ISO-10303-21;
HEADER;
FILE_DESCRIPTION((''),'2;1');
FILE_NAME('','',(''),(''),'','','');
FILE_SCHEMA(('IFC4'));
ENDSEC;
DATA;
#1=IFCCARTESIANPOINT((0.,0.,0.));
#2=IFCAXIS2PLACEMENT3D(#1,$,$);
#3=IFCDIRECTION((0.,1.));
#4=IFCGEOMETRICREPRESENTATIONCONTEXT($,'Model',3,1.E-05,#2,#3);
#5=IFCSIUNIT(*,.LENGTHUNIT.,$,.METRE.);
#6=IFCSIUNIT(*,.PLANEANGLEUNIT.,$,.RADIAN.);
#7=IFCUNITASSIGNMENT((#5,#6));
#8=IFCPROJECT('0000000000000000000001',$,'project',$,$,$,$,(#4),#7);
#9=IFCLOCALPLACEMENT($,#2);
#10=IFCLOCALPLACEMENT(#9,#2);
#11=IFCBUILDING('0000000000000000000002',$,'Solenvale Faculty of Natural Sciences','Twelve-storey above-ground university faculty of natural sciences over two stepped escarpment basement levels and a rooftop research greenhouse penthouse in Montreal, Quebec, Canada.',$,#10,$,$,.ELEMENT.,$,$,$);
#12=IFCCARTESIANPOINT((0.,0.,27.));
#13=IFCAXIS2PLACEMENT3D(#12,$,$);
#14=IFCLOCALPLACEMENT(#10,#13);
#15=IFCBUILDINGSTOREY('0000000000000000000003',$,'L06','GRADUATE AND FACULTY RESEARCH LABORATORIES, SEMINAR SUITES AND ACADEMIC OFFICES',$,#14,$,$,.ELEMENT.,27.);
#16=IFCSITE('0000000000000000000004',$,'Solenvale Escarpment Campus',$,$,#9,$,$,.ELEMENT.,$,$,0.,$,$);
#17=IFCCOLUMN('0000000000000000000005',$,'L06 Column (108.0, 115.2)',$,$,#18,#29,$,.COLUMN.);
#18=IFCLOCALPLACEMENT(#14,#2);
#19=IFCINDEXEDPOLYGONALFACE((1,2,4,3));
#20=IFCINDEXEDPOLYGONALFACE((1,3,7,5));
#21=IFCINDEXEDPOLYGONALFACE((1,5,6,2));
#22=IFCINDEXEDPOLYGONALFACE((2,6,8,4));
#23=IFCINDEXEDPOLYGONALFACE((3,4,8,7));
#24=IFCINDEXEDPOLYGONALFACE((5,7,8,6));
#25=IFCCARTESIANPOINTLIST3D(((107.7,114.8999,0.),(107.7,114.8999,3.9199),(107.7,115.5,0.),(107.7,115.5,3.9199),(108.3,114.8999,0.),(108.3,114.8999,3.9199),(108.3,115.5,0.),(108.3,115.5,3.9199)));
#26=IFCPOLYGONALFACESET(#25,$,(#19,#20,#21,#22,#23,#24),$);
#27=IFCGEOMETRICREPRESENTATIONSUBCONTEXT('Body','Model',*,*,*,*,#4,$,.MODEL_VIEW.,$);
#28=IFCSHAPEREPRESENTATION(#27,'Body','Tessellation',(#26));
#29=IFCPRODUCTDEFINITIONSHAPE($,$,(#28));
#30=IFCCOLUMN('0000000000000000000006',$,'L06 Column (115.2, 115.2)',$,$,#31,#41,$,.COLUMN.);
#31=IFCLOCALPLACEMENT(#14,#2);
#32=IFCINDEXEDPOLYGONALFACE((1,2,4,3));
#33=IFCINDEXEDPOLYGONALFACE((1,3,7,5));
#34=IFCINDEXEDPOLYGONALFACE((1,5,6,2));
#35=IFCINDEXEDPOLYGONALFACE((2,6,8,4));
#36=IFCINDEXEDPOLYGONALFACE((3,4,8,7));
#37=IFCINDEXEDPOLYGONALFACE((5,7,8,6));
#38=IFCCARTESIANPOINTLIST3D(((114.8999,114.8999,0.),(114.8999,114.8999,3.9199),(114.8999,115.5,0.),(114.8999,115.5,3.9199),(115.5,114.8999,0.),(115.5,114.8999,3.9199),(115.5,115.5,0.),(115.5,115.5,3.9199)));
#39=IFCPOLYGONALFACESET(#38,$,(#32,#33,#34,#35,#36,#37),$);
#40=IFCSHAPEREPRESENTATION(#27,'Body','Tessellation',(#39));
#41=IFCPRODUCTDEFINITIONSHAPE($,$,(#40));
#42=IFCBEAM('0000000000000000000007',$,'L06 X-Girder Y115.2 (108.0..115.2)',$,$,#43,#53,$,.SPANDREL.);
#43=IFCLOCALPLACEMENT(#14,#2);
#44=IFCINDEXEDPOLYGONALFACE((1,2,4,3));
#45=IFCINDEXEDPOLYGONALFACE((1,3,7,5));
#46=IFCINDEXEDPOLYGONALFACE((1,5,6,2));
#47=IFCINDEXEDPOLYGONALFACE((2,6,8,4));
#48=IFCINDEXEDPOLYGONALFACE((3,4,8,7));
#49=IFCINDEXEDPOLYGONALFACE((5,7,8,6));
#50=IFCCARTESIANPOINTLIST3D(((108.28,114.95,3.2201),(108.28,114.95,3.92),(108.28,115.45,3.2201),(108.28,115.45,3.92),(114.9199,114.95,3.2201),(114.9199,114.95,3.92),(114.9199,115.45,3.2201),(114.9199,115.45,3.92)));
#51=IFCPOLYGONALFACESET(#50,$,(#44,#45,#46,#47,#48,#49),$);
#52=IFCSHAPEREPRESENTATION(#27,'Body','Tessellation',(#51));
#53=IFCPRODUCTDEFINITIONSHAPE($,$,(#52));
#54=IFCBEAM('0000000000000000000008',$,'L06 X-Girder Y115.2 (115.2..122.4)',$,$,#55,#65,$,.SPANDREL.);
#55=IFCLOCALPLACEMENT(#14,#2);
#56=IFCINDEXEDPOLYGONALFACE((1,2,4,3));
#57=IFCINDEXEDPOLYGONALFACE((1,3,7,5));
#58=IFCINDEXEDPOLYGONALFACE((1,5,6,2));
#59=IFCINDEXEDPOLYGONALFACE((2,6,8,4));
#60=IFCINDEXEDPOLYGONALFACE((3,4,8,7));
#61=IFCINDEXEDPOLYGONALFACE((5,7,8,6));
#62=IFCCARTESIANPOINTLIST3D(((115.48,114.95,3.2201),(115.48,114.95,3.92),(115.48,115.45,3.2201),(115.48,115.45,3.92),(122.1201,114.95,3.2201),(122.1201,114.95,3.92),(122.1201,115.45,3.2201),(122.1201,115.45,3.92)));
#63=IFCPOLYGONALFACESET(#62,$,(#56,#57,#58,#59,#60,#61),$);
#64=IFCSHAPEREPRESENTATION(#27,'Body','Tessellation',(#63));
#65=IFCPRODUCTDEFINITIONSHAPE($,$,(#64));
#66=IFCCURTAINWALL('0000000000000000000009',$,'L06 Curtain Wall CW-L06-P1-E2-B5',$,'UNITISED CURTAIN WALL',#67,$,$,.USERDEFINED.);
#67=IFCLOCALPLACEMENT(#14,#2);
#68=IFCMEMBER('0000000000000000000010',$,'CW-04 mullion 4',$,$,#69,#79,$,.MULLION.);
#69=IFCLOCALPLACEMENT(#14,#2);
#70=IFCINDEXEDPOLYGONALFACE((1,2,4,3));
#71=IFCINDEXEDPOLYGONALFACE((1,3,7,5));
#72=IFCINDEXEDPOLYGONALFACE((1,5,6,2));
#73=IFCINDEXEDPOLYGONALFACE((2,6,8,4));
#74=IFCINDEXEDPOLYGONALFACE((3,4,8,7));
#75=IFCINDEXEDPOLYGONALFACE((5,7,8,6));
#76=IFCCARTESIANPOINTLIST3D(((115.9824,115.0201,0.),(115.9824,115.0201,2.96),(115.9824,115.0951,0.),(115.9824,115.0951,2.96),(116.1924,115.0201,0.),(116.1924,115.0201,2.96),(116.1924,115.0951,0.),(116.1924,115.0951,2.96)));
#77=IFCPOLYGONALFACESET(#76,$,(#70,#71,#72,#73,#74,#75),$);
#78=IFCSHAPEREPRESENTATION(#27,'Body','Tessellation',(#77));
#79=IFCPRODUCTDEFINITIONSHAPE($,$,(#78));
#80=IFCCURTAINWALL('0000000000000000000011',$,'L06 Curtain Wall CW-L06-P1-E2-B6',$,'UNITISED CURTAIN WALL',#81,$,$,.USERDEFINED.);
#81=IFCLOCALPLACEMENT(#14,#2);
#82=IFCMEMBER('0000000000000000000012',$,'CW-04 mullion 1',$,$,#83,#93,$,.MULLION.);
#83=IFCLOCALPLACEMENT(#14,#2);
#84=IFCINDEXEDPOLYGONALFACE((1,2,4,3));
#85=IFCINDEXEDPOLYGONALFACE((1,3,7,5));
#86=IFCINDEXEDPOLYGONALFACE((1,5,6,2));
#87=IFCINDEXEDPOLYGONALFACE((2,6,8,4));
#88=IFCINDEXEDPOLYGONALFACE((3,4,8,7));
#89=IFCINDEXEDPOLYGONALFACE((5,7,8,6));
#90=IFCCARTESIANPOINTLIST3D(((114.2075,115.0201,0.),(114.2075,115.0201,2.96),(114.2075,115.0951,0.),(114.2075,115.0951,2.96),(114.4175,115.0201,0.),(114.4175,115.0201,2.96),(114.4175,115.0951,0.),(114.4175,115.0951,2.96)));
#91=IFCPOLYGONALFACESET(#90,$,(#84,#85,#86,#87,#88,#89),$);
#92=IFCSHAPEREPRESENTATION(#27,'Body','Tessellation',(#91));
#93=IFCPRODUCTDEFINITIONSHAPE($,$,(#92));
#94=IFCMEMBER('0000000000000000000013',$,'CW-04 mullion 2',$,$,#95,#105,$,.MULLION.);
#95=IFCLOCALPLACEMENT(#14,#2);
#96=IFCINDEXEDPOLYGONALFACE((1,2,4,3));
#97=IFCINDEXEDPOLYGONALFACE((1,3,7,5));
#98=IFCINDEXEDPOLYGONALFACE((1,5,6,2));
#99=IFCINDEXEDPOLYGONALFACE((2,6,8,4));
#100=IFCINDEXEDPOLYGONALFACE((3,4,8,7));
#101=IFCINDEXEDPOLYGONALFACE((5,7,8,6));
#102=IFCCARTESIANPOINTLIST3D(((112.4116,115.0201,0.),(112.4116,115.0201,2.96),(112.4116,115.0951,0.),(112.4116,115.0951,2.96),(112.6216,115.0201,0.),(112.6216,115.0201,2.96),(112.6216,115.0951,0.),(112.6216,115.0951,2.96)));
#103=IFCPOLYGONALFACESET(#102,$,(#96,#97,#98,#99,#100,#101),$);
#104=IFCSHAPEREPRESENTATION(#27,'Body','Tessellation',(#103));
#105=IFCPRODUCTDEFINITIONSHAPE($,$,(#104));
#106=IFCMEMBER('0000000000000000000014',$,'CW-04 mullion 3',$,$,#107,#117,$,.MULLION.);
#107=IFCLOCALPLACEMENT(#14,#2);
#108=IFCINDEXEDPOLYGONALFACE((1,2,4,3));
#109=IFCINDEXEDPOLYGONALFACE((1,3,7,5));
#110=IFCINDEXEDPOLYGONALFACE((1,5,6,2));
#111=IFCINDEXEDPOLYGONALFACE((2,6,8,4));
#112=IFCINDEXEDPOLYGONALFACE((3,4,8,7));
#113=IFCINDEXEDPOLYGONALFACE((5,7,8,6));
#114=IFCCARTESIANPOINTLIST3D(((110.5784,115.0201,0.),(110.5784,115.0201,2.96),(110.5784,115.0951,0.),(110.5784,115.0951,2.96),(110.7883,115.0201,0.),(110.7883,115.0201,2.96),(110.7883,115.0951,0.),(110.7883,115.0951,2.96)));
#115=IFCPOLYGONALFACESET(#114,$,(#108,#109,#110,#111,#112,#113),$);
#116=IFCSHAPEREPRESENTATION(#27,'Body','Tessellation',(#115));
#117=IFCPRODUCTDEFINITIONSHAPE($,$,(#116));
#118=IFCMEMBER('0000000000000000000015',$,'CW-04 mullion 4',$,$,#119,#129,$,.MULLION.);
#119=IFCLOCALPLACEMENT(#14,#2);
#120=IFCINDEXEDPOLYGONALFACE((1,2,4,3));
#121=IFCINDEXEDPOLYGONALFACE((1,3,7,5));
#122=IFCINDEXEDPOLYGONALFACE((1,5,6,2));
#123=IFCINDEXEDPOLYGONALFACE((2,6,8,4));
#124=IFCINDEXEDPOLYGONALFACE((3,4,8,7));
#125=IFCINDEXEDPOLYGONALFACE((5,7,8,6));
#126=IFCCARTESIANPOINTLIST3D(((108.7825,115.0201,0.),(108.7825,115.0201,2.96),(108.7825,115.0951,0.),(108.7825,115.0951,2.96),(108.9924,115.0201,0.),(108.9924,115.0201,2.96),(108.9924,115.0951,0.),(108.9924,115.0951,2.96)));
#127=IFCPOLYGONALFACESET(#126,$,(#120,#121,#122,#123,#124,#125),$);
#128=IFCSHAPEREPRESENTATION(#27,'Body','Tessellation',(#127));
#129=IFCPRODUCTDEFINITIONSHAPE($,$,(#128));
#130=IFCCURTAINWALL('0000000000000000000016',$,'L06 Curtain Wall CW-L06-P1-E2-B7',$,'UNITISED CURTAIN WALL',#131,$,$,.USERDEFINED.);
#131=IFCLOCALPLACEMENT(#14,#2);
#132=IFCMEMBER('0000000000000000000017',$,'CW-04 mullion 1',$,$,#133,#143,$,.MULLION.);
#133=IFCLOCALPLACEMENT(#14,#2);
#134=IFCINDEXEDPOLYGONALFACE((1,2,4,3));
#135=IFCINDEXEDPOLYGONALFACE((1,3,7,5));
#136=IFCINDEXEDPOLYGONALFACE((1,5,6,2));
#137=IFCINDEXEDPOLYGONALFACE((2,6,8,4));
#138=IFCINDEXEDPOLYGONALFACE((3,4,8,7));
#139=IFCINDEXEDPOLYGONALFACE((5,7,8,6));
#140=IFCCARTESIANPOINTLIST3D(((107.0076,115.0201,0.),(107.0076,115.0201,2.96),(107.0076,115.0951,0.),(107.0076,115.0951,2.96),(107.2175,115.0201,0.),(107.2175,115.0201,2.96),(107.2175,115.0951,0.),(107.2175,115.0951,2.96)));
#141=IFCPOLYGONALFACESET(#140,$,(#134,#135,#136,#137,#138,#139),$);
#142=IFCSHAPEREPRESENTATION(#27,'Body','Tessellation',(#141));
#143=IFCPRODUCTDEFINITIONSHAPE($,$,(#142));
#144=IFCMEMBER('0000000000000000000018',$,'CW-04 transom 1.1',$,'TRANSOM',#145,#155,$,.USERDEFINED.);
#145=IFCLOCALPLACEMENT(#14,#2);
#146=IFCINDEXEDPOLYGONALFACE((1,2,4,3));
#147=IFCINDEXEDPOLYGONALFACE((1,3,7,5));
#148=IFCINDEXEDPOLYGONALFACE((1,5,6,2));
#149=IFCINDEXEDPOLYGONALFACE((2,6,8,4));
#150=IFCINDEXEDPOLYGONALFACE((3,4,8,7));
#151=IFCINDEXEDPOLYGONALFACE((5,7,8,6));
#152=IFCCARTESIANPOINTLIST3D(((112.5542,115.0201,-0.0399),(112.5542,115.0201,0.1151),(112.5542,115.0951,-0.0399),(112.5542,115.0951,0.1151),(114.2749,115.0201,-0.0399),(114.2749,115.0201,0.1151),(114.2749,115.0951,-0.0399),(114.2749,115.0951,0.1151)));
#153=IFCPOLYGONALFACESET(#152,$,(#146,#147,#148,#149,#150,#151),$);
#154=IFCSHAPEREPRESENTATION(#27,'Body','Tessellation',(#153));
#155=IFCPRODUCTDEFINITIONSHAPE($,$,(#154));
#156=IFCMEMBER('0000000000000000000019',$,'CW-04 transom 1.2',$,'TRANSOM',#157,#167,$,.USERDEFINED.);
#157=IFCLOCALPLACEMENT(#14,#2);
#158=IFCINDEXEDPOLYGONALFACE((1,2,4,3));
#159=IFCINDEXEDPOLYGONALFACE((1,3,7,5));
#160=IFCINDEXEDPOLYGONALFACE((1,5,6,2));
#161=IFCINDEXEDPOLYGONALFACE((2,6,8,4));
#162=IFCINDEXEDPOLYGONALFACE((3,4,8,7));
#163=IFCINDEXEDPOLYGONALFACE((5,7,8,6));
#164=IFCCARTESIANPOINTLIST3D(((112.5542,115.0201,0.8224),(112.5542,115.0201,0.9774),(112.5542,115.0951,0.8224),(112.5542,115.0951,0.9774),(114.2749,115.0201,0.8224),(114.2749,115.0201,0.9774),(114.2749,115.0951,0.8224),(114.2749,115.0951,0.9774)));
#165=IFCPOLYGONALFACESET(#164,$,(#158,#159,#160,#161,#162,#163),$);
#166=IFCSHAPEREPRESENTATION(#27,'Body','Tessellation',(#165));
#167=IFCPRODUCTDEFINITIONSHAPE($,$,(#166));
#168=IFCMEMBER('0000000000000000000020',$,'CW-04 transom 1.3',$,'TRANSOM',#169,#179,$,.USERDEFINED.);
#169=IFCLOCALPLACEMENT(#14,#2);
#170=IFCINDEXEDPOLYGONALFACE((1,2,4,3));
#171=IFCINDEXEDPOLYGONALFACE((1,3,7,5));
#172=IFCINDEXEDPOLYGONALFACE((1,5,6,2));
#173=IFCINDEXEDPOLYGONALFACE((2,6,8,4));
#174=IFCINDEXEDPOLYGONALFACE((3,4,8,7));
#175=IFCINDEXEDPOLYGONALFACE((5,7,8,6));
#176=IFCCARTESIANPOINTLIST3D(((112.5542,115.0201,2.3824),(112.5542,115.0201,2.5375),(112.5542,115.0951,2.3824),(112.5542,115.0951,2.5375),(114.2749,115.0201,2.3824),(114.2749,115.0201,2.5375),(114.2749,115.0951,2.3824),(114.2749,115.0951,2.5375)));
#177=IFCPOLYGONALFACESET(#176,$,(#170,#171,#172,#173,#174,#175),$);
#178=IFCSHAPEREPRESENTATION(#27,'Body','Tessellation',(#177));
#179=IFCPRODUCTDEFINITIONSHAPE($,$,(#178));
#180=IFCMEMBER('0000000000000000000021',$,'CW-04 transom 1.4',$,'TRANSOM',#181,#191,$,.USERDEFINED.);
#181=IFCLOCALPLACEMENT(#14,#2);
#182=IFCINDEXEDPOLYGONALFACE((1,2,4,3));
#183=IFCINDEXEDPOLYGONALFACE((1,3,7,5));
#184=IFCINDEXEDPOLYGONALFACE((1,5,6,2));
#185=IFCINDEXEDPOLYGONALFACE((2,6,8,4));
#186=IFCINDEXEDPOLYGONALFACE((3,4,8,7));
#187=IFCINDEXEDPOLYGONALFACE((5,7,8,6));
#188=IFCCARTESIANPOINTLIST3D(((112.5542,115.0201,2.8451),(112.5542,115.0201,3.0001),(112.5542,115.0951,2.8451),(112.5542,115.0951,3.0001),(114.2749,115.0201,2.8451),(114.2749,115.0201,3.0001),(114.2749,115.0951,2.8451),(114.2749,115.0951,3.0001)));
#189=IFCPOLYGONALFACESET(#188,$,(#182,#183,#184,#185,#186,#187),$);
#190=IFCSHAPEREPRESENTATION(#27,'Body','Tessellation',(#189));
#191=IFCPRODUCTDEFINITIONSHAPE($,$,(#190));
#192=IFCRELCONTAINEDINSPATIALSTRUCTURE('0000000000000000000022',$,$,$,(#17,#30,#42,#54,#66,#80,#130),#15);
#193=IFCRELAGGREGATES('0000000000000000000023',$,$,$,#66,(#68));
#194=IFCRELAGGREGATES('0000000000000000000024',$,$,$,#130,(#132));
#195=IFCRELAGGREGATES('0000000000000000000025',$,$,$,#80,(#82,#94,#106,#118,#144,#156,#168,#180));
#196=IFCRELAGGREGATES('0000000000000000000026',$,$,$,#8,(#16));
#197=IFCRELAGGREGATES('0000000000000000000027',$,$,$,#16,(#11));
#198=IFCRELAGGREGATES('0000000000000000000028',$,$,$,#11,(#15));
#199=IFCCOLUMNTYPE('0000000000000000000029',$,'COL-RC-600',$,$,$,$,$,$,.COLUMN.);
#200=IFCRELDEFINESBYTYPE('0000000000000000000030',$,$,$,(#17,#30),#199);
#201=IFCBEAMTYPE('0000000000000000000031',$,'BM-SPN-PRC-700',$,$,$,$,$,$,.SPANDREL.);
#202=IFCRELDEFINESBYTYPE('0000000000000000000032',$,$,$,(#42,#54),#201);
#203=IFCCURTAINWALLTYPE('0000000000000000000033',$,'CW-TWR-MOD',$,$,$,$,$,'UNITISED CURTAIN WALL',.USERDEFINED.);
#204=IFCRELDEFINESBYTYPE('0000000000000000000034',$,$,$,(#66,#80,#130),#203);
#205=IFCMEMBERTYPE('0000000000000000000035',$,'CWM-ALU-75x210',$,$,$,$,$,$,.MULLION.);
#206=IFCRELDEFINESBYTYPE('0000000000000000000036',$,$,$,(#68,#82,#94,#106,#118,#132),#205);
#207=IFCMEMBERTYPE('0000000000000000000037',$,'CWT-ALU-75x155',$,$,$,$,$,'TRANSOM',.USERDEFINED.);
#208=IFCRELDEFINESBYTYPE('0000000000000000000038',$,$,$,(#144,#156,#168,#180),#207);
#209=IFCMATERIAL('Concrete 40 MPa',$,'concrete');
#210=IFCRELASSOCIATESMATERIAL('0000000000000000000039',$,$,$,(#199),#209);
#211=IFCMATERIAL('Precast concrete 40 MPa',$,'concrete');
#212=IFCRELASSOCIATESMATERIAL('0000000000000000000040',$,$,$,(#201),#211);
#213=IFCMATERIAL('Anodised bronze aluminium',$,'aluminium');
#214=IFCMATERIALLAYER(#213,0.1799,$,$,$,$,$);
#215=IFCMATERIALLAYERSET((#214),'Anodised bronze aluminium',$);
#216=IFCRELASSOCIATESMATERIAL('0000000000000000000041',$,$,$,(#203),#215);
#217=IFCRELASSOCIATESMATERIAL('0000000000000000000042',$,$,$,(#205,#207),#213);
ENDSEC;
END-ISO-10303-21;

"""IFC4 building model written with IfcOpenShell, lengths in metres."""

from ifc_helpers import new_model, si_unit, direction, frame, origin, origin_2d, place, context, subcontext, project, spatial, rectangle, extrude, material, layer, layer_set, material_profile, profile_set, type_object, element, aggregate, save


model = new_model("IFC4")

# Units and contexts
model_context = context("Model", 3, precision=1e-05, world=origin(), true_north=direction((0.0, 1.0)))
body_context = subcontext(model_context, "Body", "Model", "MODEL_VIEW")
ifc_project = project(units=[si_unit("LENGTHUNIT", "METRE"), si_unit("PLANEANGLEUNIT", "RADIAN")], contexts=[model_context])

# Site, building, storey
site_placement = place(None, origin())
site = spatial("IfcSite", under=ifc_project, at=site_placement, Name="Solenvale Escarpment Campus", CompositionType="ELEMENT", RefElevation=0.0)
building_placement = place(site_placement, origin())
building = spatial("IfcBuilding", under=site, at=building_placement, Name="Solenvale Faculty of Natural Sciences", Description="Twelve-storey above-ground university faculty of natural sciences over two stepped escarpment basement levels and a rooftop research greenhouse penthouse in Montreal, Quebec, Canada.", CompositionType="ELEMENT")
storey_placement = place(building_placement, frame((0.0, 0.0, 27.0)))
storey = spatial("IfcBuildingStorey", under=building, at=storey_placement, Name="L06", Description="GRADUATE AND FACULTY RESEARCH LABORATORIES, SEMINAR SUITES AND ACADEMIC OFFICES", CompositionType="ELEMENT", Elevation=27.0)

# Columns
ifc_material_1 = material(Name="Concrete 40 MPa", Category="concrete")
ifc_material_profile_1 = material_profile(ifc_material_1, rectangle(XDim=0.6001, YDim=0.6001, at=origin_2d()), Name="RC-COL-600x600")
ifc_profile_set_1 = profile_set([ifc_material_profile_1], Name="Concrete 40 MPa")
column_type = type_object("IfcColumnType", Name="COL-RC-600", PredefinedType="COLUMN", material=ifc_profile_set_1)
for number, where, z_axis, x_axis, name in (
    (1, (108.0, 115.2, 0.0), (0.0, 0.0, 1.0), (1.0, 0.0, 0.0), "L06 Column (108.0, 115.2)"),
    (2, (115.2, 115.2, 0.0), (0.0, 0.0, 1.0), (1.0, 0.0, 0.0), "L06 Column (115.2, 115.2)"),
):
    element("IfcColumn", number, at=place(storey_placement, frame(where, z_axis=z_axis, x_axis=x_axis)), inside=storey, type_object=column_type, Name=name, PredefinedType="COLUMN", context=body_context, shape_type="SweptSolid", body=[
        extrude(rectangle(XDim=0.6001, YDim=0.6001, at=origin_2d()), origin(), (0.0, 0.0, 1.0), 3.9199),
    ])

# Beams
ifc_material_2 = material(Name="Precast concrete 40 MPa", Category="concrete")
ifc_material_profile_2 = material_profile(ifc_material_2, rectangle(XDim=0.5, YDim=0.7, at=origin_2d()), Name="RC-BM-500x700")
ifc_profile_set_2 = profile_set([ifc_material_profile_2], Name="Precast concrete 40 MPa")
beam_type = type_object("IfcBeamType", Name="BM-SPN-PRC-700", PredefinedType="SPANDREL", material=ifc_profile_set_2)
beam_1_placement = place(storey_placement, frame((108.28, 115.2, 3.5701), z_axis=(1.0, 0.0, 0.0), x_axis=(0.0, 1.0, 0.0)))
element("IfcBeam", 3, at=beam_1_placement, inside=storey, type_object=beam_type, Name="L06 X-Girder Y115.2 (108.0..115.2)", PredefinedType="SPANDREL", context=body_context, shape_type="SweptSolid", body=[
    extrude(rectangle(XDim=0.5, YDim=0.7, at=origin_2d()), origin(), (0.0, 0.0, 1.0), 6.6399),
])
beam_2_placement = place(storey_placement, frame((115.48, 115.2, 3.5701), z_axis=(1.0, 0.0, 0.0), x_axis=(0.0, 1.0, 0.0)))
element("IfcBeam", 4, at=beam_2_placement, inside=storey, type_object=beam_type, Name="L06 X-Girder Y115.2 (115.2..122.4)", PredefinedType="SPANDREL", context=body_context, shape_type="SweptSolid", body=[
    extrude(rectangle(XDim=0.5, YDim=0.7, at=origin_2d()), origin(), (0.0, 0.0, 1.0), 6.6401),
])

# Curtain wall, member
ifc_material_3 = material(Name="Anodised bronze aluminium", Category="aluminium")
ifc_layer_1 = layer(ifc_material_3, 0.1799)
ifc_layer_set_1 = layer_set([ifc_layer_1], Name="Anodised bronze aluminium")
curtain_wall_type = type_object("IfcCurtainWallType", Name="CW-TWR-MOD", ElementType="UNITISED CURTAIN WALL", PredefinedType="USERDEFINED", material=ifc_layer_set_1)
curtain_wall_1_placement = place(storey_placement, origin())
curtain_wall_1 = element("IfcCurtainWall", 5, at=curtain_wall_1_placement, inside=storey, type_object=curtain_wall_type, Name="L06 Curtain Wall CW-L06-P1-E2-B5", ObjectType="UNITISED CURTAIN WALL", PredefinedType="USERDEFINED")
ifc_material_profile_3 = material_profile(ifc_material_3, rectangle(XDim=0.075, YDim=0.21, at=origin_2d()), Name="ALU-MUL-75x210")
ifc_profile_set_3 = profile_set([ifc_material_profile_3], Name="Anodised bronze aluminium")
member_type_1 = type_object("IfcMemberType", Name="CWM-ALU-75x210", PredefinedType="MULLION", material=ifc_profile_set_3)
member_1_placement = place(storey_placement, frame((116.0874, 115.0576, 0.0), z_axis=(0.0, 0.0, 1.0), x_axis=(0.0, -1.0, 0.0)))
member_1 = element("IfcMember", 6, at=member_1_placement, type_object=member_type_1, Name="CW-04 mullion 4", PredefinedType="MULLION", context=body_context, shape_type="SweptSolid", body=[
    extrude(rectangle(XDim=0.075, YDim=0.21, at=origin_2d()), origin(), (0.0, 0.0, 1.0), 2.96),
])
aggregate(curtain_wall_1, [member_1])

# Curtain wall, members
curtain_wall_2_placement = place(storey_placement, origin())
curtain_wall_2 = element("IfcCurtainWall", 7, at=curtain_wall_2_placement, inside=storey, type_object=curtain_wall_type, Name="L06 Curtain Wall CW-L06-P1-E2-B6", ObjectType="UNITISED CURTAIN WALL", PredefinedType="USERDEFINED")
member_2_placement = place(storey_placement, frame((114.3125, 115.0576, 0.0), z_axis=(0.0, 0.0, 1.0), x_axis=(0.0, -1.0, 0.0)))
member_2 = element("IfcMember", 8, at=member_2_placement, type_object=member_type_1, Name="CW-04 mullion 1", PredefinedType="MULLION", context=body_context, shape_type="SweptSolid", body=[
    extrude(rectangle(XDim=0.075, YDim=0.21, at=origin_2d()), origin(), (0.0, 0.0, 1.0), 2.96),
])
member_3_placement = place(storey_placement, frame((112.5166, 115.0576, 0.0), z_axis=(0.0, 0.0, 1.0), x_axis=(0.0, -1.0, 0.0)))
member_3 = element("IfcMember", 9, at=member_3_placement, type_object=member_type_1, Name="CW-04 mullion 2", PredefinedType="MULLION", context=body_context, shape_type="SweptSolid", body=[
    extrude(rectangle(XDim=0.075, YDim=0.21, at=origin_2d()), origin(), (0.0, 0.0, 1.0), 2.96),
])
member_4_placement = place(storey_placement, frame((110.6833, 115.0576, 0.0), z_axis=(0.0, 0.0, 1.0), x_axis=(0.0, -1.0, 0.0)))
member_4 = element("IfcMember", 10, at=member_4_placement, type_object=member_type_1, Name="CW-04 mullion 3", PredefinedType="MULLION", context=body_context, shape_type="SweptSolid", body=[
    extrude(rectangle(XDim=0.075, YDim=0.21, at=origin_2d()), origin(), (0.0, 0.0, 1.0), 2.96),
])
member_5_placement = place(storey_placement, frame((108.8875, 115.0576, 0.0), z_axis=(0.0, 0.0, 1.0), x_axis=(0.0, -1.0, 0.0)))
member_5 = element("IfcMember", 11, at=member_5_placement, type_object=member_type_1, Name="CW-04 mullion 4", PredefinedType="MULLION", context=body_context, shape_type="SweptSolid", body=[
    extrude(rectangle(XDim=0.075, YDim=0.21, at=origin_2d()), origin(), (0.0, 0.0, 1.0), 2.96),
])

# Curtain wall, member
curtain_wall_3_placement = place(storey_placement, origin())
curtain_wall_3 = element("IfcCurtainWall", 12, at=curtain_wall_3_placement, inside=storey, type_object=curtain_wall_type, Name="L06 Curtain Wall CW-L06-P1-E2-B7", ObjectType="UNITISED CURTAIN WALL", PredefinedType="USERDEFINED")
member_6_placement = place(storey_placement, frame((107.1125, 115.0576, 0.0), z_axis=(0.0, 0.0, 1.0), x_axis=(0.0, -1.0, 0.0)))
member_6 = element("IfcMember", 13, at=member_6_placement, type_object=member_type_1, Name="CW-04 mullion 1", PredefinedType="MULLION", context=body_context, shape_type="SweptSolid", body=[
    extrude(rectangle(XDim=0.075, YDim=0.21, at=origin_2d()), origin(), (0.0, 0.0, 1.0), 2.96),
])
aggregate(curtain_wall_3, [member_6])

# Members
ifc_material_profile_4 = material_profile(ifc_material_3, rectangle(XDim=0.075, YDim=0.155, at=origin_2d()), Name="ALU-TRN-75x155")
ifc_profile_set_4 = profile_set([ifc_material_profile_4], Name="Anodised bronze aluminium")
member_type_2 = type_object("IfcMemberType", Name="CWT-ALU-75x155", ElementType="TRANSOM", PredefinedType="USERDEFINED", material=ifc_profile_set_4)
member_7_placement = place(storey_placement, frame((114.2749, 115.0576, 0.0376), z_axis=(-1.0, 0.0, 0.0), x_axis=(0.0, -1.0, 0.0)))
member_7 = element("IfcMember", 14, at=member_7_placement, type_object=member_type_2, Name="CW-04 transom 1.1", ObjectType="TRANSOM", PredefinedType="USERDEFINED", context=body_context, shape_type="SweptSolid", body=[
    extrude(rectangle(XDim=0.075, YDim=0.155, at=origin_2d()), origin(), (0.0, 0.0, 1.0), 1.7207),
])
member_8_placement = place(storey_placement, frame((114.2749, 115.0576, 0.8999), z_axis=(-1.0, 0.0, 0.0), x_axis=(0.0, -1.0, 0.0)))
member_8 = element("IfcMember", 15, at=member_8_placement, type_object=member_type_2, Name="CW-04 transom 1.2", ObjectType="TRANSOM", PredefinedType="USERDEFINED", context=body_context, shape_type="SweptSolid", body=[
    extrude(rectangle(XDim=0.075, YDim=0.155, at=origin_2d()), origin(), (0.0, 0.0, 1.0), 1.7207),
])
member_9_placement = place(storey_placement, frame((114.2749, 115.0576, 2.46), z_axis=(-1.0, 0.0, 0.0), x_axis=(0.0, -1.0, 0.0)))
member_9 = element("IfcMember", 16, at=member_9_placement, type_object=member_type_2, Name="CW-04 transom 1.3", ObjectType="TRANSOM", PredefinedType="USERDEFINED", context=body_context, shape_type="SweptSolid", body=[
    extrude(rectangle(XDim=0.075, YDim=0.155, at=origin_2d()), origin(), (0.0, 0.0, 1.0), 1.7207),
])
member_10_placement = place(storey_placement, frame((114.2749, 115.0576, 2.9226), z_axis=(-1.0, 0.0, 0.0), x_axis=(0.0, -1.0, 0.0)))
member_10 = element("IfcMember", 17, at=member_10_placement, type_object=member_type_2, Name="CW-04 transom 1.4", ObjectType="TRANSOM", PredefinedType="USERDEFINED", context=body_context, shape_type="SweptSolid", body=[
    extrude(rectangle(XDim=0.075, YDim=0.155, at=origin_2d()), origin(), (0.0, 0.0, 1.0), 1.7207),
])

aggregate(curtain_wall_2, [member_2, member_3, member_4, member_5, member_7, member_8, member_9, member_10])

save(model, "model.ifc")
